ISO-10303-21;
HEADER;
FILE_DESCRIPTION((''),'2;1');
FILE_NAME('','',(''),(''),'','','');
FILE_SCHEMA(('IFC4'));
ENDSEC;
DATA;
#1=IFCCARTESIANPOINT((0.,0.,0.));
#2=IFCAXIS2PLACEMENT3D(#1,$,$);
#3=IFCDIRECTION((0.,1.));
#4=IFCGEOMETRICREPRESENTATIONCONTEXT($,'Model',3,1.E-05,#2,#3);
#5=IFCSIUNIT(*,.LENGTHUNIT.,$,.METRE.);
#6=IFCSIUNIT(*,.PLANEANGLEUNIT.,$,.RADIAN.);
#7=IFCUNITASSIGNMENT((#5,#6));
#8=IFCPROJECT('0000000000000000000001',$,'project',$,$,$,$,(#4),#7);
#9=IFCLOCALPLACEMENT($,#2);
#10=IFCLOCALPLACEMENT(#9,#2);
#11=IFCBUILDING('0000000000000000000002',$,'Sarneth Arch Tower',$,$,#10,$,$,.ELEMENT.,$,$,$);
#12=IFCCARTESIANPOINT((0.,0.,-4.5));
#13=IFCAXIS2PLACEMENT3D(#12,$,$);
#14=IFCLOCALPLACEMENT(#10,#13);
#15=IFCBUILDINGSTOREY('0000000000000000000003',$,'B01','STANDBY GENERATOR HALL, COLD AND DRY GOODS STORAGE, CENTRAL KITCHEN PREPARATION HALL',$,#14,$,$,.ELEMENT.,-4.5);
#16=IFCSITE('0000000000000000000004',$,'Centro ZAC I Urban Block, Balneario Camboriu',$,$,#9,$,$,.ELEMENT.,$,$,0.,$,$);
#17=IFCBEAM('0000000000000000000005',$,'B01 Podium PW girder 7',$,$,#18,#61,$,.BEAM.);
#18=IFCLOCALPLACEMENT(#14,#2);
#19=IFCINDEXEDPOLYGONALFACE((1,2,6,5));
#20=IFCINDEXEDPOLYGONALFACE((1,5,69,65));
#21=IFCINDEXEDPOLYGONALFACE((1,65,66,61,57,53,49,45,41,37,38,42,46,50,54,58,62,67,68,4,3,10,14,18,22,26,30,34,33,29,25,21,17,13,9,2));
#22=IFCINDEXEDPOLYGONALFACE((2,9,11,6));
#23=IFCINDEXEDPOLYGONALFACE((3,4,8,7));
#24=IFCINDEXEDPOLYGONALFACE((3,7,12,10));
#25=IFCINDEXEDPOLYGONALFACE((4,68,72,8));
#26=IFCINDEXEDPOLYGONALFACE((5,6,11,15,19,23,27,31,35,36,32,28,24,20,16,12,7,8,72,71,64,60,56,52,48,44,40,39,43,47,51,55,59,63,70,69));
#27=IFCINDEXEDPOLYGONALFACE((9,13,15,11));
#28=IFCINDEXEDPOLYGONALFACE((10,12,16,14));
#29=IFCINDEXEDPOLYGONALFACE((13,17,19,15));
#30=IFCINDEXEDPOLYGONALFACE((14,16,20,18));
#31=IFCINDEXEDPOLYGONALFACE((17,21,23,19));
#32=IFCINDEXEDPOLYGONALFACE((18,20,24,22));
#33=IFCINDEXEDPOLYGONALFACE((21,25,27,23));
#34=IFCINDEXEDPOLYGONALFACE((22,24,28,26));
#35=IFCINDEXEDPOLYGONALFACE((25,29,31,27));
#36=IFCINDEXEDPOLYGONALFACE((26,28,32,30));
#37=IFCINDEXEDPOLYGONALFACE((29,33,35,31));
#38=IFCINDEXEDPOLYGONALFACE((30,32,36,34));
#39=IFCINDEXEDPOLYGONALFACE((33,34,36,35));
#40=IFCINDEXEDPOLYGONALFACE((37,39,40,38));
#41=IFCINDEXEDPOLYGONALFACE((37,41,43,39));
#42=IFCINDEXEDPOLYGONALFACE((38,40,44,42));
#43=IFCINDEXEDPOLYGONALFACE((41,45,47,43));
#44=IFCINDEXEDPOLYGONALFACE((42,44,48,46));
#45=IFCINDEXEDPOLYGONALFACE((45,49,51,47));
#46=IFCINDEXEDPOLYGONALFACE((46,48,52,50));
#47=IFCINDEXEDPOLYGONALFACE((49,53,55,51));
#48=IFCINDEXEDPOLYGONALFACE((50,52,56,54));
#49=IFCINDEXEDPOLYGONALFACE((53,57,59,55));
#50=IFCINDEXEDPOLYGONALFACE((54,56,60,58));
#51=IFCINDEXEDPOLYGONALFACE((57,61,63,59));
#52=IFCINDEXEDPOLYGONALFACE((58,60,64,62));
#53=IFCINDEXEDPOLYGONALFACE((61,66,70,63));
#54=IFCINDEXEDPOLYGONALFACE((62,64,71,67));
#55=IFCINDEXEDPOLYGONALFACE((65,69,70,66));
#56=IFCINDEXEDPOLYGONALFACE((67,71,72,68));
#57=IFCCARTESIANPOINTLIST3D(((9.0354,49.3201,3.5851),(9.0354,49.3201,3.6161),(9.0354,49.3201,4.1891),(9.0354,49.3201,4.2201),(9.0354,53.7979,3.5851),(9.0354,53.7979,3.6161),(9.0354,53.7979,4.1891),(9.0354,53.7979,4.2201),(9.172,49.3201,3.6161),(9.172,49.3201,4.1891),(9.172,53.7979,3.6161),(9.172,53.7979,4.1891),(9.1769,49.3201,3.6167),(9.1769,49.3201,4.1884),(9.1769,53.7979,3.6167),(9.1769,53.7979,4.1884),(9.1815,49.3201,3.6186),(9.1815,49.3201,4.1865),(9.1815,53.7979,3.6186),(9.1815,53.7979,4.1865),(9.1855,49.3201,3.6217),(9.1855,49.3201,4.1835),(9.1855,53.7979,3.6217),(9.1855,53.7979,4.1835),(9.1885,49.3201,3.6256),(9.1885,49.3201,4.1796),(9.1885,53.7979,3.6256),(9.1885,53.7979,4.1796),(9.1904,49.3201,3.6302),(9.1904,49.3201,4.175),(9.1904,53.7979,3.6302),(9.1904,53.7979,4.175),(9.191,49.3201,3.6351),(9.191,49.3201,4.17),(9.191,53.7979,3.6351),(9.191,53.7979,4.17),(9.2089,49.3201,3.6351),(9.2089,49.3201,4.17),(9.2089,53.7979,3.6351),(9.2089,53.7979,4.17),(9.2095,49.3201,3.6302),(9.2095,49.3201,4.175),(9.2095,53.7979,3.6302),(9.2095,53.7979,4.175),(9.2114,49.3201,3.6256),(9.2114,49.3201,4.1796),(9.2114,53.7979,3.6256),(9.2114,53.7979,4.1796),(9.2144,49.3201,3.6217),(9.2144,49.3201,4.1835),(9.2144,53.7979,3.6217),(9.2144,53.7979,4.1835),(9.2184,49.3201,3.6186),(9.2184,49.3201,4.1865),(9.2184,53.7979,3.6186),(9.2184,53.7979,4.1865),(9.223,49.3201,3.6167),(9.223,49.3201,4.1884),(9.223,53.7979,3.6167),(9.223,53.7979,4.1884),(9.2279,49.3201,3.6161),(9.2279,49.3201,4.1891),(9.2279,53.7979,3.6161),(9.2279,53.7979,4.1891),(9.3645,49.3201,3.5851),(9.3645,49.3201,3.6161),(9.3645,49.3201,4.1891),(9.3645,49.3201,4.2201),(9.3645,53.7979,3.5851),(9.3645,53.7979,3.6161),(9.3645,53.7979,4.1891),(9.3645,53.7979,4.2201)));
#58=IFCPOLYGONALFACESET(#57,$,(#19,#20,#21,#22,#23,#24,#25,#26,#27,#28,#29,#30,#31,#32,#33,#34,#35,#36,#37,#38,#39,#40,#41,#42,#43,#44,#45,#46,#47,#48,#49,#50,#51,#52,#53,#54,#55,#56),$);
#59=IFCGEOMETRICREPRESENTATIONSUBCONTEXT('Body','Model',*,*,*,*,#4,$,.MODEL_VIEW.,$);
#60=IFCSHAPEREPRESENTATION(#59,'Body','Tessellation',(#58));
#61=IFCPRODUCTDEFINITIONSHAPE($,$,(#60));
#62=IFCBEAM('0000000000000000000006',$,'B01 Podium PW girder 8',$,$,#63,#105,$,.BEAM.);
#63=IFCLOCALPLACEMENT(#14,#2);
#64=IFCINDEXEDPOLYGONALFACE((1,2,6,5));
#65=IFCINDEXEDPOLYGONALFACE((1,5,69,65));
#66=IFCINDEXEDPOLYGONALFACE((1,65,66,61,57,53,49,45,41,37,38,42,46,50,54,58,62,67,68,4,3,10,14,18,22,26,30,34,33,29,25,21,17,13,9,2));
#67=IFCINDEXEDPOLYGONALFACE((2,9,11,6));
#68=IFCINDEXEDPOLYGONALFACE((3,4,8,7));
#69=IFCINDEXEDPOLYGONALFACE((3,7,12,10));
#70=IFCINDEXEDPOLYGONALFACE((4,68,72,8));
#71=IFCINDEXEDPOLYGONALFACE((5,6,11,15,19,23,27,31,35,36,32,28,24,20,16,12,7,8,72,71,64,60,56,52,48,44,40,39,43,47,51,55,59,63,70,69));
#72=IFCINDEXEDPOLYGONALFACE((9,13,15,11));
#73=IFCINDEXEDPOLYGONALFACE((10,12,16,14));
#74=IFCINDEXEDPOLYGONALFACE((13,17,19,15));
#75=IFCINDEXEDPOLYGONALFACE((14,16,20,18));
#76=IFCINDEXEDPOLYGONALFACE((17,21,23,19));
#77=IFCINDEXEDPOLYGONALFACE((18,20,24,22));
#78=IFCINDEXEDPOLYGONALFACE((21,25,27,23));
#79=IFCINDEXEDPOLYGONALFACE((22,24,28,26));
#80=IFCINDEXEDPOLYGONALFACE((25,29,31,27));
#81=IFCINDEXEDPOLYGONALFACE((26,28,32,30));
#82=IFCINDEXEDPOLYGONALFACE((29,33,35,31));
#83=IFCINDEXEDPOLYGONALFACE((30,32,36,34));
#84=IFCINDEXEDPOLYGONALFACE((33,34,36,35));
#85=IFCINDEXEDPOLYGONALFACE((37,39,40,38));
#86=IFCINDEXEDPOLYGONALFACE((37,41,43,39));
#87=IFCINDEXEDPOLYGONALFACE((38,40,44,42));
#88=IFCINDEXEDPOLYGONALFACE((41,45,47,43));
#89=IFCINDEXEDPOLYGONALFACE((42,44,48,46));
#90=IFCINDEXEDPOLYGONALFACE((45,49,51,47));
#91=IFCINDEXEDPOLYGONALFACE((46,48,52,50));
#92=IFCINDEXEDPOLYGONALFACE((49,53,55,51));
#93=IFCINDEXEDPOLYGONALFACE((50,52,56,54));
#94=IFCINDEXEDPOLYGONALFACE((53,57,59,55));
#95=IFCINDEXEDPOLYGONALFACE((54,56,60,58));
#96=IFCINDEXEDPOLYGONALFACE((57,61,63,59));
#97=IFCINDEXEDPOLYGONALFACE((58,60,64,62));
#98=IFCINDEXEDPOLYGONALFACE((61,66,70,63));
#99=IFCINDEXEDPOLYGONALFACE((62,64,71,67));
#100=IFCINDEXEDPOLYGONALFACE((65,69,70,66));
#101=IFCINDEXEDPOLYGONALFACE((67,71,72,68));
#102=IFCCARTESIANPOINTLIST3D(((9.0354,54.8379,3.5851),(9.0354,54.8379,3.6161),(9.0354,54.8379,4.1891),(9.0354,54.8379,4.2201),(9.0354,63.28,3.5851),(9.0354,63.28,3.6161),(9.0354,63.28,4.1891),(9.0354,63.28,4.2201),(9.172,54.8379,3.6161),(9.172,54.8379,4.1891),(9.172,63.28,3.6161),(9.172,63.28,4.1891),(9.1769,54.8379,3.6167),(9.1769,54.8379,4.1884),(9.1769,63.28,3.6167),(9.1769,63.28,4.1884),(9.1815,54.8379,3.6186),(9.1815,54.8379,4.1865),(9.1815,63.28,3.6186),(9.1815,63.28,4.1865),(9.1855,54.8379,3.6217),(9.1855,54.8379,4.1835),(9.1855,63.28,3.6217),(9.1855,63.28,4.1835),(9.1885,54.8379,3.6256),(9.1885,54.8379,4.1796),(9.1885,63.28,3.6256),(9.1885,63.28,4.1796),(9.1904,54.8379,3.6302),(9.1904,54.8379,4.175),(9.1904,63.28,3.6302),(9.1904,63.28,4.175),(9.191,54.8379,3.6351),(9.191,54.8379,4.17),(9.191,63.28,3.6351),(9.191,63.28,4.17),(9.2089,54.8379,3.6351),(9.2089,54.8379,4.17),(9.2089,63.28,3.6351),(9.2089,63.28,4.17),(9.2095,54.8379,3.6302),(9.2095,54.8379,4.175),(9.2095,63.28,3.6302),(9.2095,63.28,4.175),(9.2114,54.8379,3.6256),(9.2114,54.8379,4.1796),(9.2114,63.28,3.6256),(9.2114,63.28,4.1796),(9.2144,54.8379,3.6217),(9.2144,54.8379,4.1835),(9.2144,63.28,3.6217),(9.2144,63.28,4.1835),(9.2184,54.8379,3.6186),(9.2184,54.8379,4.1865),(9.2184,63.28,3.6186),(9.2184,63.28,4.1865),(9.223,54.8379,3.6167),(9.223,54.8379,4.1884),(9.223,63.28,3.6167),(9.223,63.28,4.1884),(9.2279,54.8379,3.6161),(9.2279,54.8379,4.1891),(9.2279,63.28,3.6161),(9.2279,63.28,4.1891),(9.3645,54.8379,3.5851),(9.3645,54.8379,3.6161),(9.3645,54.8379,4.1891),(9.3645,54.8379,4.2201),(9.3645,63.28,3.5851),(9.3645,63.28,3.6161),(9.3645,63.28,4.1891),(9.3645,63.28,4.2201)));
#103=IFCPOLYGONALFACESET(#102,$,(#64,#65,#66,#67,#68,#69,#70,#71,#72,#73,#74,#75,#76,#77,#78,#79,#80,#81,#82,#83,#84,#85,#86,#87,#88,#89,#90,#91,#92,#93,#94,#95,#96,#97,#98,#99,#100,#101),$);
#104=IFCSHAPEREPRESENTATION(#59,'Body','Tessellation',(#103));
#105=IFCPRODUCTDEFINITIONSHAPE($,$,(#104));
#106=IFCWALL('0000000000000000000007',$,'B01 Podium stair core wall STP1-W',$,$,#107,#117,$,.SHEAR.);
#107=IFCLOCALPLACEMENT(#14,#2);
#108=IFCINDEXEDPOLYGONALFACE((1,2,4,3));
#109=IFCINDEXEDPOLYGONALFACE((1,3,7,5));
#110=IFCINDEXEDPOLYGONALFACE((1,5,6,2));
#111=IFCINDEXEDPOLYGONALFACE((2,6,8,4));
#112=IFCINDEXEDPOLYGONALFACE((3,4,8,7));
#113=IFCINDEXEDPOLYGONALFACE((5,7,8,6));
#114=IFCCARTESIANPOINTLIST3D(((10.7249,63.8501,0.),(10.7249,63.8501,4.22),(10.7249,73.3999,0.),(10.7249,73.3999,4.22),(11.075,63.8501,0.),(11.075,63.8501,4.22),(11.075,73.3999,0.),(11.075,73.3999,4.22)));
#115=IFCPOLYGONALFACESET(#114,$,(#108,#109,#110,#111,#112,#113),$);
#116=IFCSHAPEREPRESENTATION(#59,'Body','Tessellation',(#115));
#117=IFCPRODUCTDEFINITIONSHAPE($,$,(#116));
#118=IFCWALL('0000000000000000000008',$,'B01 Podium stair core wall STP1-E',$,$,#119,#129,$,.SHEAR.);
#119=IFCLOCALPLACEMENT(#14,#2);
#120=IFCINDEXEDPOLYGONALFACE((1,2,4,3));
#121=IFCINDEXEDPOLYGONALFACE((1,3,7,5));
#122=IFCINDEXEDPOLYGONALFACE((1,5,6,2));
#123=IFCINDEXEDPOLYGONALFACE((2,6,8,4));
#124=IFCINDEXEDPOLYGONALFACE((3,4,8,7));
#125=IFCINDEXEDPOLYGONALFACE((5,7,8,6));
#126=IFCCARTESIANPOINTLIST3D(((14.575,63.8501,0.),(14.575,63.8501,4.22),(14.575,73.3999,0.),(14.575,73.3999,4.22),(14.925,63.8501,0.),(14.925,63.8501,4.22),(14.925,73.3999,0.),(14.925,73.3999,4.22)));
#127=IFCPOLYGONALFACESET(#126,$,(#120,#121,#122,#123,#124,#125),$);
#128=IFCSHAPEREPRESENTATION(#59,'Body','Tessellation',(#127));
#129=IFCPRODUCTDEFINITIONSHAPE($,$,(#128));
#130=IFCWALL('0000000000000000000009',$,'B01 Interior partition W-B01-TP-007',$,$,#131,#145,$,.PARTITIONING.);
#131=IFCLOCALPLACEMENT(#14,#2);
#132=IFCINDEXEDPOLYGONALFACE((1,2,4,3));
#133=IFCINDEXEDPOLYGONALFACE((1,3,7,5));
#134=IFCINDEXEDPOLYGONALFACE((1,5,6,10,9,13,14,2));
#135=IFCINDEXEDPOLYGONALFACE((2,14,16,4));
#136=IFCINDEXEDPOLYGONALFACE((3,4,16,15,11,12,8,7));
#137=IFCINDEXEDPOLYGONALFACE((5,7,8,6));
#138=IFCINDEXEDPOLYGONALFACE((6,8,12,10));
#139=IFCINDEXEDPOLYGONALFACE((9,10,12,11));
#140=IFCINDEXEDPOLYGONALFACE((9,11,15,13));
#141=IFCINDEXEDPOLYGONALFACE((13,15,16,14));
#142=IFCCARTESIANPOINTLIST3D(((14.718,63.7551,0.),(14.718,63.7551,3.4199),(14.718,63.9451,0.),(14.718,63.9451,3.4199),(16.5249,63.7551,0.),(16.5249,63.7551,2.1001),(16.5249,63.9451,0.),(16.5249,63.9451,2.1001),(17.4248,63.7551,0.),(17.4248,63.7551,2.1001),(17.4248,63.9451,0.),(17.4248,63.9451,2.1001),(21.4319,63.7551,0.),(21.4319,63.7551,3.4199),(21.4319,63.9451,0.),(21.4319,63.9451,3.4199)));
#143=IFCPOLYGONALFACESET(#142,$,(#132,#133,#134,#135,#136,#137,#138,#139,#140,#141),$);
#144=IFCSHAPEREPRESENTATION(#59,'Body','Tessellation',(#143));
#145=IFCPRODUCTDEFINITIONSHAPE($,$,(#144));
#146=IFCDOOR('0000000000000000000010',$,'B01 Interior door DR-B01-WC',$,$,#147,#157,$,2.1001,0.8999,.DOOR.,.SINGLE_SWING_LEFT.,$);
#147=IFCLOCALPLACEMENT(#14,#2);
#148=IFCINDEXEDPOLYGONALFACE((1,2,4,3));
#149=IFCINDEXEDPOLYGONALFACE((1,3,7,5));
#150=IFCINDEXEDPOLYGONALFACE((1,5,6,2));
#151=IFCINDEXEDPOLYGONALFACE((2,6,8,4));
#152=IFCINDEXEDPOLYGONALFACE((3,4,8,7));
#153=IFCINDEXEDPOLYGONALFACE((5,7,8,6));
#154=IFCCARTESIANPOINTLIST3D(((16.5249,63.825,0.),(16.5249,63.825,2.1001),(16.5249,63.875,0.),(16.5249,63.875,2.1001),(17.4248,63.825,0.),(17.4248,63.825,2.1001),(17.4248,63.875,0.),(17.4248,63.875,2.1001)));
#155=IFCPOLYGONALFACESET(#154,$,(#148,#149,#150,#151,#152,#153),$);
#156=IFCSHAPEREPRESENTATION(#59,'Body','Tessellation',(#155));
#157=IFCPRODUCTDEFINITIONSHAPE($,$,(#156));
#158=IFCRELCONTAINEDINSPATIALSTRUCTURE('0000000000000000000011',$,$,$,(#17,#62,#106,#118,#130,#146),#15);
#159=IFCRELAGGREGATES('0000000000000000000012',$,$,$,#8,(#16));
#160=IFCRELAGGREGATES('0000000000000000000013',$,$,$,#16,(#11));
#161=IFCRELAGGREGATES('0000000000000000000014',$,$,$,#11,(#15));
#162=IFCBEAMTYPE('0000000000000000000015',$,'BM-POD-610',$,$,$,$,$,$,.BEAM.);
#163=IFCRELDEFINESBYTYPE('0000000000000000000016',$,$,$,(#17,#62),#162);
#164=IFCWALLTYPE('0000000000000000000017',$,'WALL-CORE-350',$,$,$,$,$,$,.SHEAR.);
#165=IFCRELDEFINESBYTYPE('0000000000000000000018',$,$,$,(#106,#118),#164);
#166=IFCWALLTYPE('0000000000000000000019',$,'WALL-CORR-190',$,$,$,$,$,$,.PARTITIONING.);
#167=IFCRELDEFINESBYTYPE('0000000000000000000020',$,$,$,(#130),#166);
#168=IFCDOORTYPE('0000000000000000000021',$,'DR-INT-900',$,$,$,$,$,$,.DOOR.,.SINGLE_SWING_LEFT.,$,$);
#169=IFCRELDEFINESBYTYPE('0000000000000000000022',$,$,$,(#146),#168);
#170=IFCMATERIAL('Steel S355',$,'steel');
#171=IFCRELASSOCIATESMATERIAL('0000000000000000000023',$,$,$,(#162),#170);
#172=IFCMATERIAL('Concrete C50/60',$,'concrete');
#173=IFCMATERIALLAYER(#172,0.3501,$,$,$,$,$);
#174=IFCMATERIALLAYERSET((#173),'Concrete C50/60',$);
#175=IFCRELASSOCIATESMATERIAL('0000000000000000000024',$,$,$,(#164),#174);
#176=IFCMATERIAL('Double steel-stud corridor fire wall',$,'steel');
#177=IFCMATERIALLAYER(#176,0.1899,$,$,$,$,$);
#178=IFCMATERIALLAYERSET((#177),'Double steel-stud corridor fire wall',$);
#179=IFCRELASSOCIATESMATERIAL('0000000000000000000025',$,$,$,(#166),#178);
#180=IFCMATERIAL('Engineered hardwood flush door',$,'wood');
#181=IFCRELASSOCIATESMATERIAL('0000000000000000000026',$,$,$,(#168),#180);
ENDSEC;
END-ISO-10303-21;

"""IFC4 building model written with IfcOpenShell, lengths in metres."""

from ifc_helpers import new_model, si_unit, direction, frame, frame_2d, origin, origin_2d, place, context, subcontext, project, spatial, rectangle, i_section, extrude, material, layer, layer_set, material_profile, profile_set, type_object, element, fill, save


model = new_model("IFC4")

# Units and contexts
model_context = context("Model", 3, precision=1e-05, world=origin(), true_north=direction((0.0, 1.0)))
body_context = subcontext(model_context, "Body", "Model", "MODEL_VIEW")
ifc_project = project(units=[si_unit("LENGTHUNIT", "METRE"), si_unit("PLANEANGLEUNIT", "RADIAN")], contexts=[model_context])

# Site, building, storey
site_placement = place(None, origin())
site = spatial("IfcSite", under=ifc_project, at=site_placement, Name="Centro ZAC I Urban Block, Balneario Camboriu", CompositionType="ELEMENT", RefElevation=0.0)
building_placement = place(site_placement, origin())
building = spatial("IfcBuilding", under=site, at=building_placement, Name="Sarneth Arch Tower", CompositionType="ELEMENT")
storey_placement = place(building_placement, frame((0.0, 0.0, -4.5)))
storey = spatial("IfcBuildingStorey", under=building, at=storey_placement, Name="B01", Description="STANDBY GENERATOR HALL, COLD AND DRY GOODS STORAGE, CENTRAL KITCHEN PREPARATION HALL", CompositionType="ELEMENT", Elevation=-4.5)

# Beams
ifc_material_1 = material(Name="Steel S355", Category="steel")
ifc_material_profile_1 = material_profile(ifc_material_1, i_section(OverallWidth=0.3291, OverallDepth=0.635, WebThickness=0.0178, FlangeThickness=0.031, FilletRadius=0.019, at=origin_2d()), Name="W610x241")
ifc_profile_set_1 = profile_set([ifc_material_profile_1], Name="Steel S355")
beam_type = type_object("IfcBeamType", Name="BM-POD-610", PredefinedType="BEAM", material=ifc_profile_set_1)
beam_1_placement = place(storey_placement, frame((9.2, 49.3201, 3.9026), z_axis=(0.0, 1.0, 0.0), x_axis=(-1.0, 0.0, 0.0)))
element("IfcBeam", 1, at=beam_1_placement, inside=storey, type_object=beam_type, Name="B01 Podium PW girder 7", PredefinedType="BEAM", context=body_context, shape_type="SweptSolid", body=[
    extrude(i_section(OverallWidth=0.3291, OverallDepth=0.635, WebThickness=0.0178, FlangeThickness=0.031, FilletRadius=0.019, at=origin_2d()), origin(), (0.0, 0.0, 1.0), 4.4778),
])
beam_2_placement = place(storey_placement, frame((9.2, 54.8379, 3.9026), z_axis=(0.0, 1.0, 0.0), x_axis=(-1.0, 0.0, 0.0)))
element("IfcBeam", 2, at=beam_2_placement, inside=storey, type_object=beam_type, Name="B01 Podium PW girder 8", PredefinedType="BEAM", context=body_context, shape_type="SweptSolid", body=[
    extrude(i_section(OverallWidth=0.3291, OverallDepth=0.635, WebThickness=0.0178, FlangeThickness=0.031, FilletRadius=0.019, at=origin_2d()), origin(), (0.0, 0.0, 1.0), 8.4421),
])

# Walls
ifc_material_2 = material(Name="Concrete C50/60", Category="concrete")
ifc_layer_1 = layer(ifc_material_2, 0.3501)
ifc_layer_set_1 = layer_set([ifc_layer_1], Name="Concrete C50/60")
wall_type_1 = type_object("IfcWallType", Name="WALL-CORE-350", PredefinedType="SHEAR", material=ifc_layer_set_1)
for number, where, z_axis, x_axis, name in (
    (3, (10.8999, 63.8501, 0.0), (0.0, 0.0, 1.0), (0.0, 1.0, 0.0), "B01 Podium stair core wall STP1-W"),
    (4, (14.75, 63.8501, 0.0), (0.0, 0.0, 1.0), (0.0, 1.0, 0.0), "B01 Podium stair core wall STP1-E"),
):
    element("IfcWall", number, at=place(storey_placement, frame(where, z_axis=z_axis, x_axis=x_axis)), inside=storey, type_object=wall_type_1, Name=name, PredefinedType="SHEAR", context=body_context, shape_type="SweptSolid", body=[
        extrude(rectangle(XDim=9.5498, YDim=0.3501, at=frame_2d((4.7749, 0.0))), origin(), (0.0, 0.0, 1.0), 4.22),
    ])

# Wall, opening, door
ifc_material_3 = material(Name="Double steel-stud corridor fire wall", Category="steel")
ifc_layer_2 = layer(ifc_material_3, 0.1899)
ifc_layer_set_2 = layer_set([ifc_layer_2], Name="Double steel-stud corridor fire wall")
wall_type_2 = type_object("IfcWallType", Name="WALL-CORR-190", PredefinedType="PARTITIONING", material=ifc_layer_set_2)
wall_1_placement = place(storey_placement, frame((14.718, 63.8501, 0.0), z_axis=(0.0, 0.0, 1.0), x_axis=(1.0, 0.0, 0.0)))
wall_1 = element("IfcWall", 5, at=wall_1_placement, inside=storey, type_object=wall_type_2, Name="B01 Interior partition W-B01-TP-007", PredefinedType="PARTITIONING", context=body_context, shape_type="SweptSolid", body=[
    extrude(rectangle(XDim=6.7139, YDim=0.1899, at=frame_2d((3.3569, 0.0))), origin(), (0.0, 0.0, 1.0), 3.4199),
])
opening_1_placement = place(wall_1_placement, frame((1.8069, 0.0, 0.0)))
opening_1 = element("IfcOpeningElement", 6, at=opening_1_placement, cuts=wall_1, PredefinedType="OPENING", context=body_context, shape_type="SweptSolid", body=[
    extrude(rectangle(XDim=0.8999, YDim=2.1001, at=frame_2d((0.45, 1.05))), frame((0.0, 0.105, 0.0), z_axis=(0.0, -1.0, 0.0), x_axis=(1.0, 0.0, 0.0)), (0.0, 0.0, 1.0), 0.21),
])
ifc_material_4 = material(Name="Engineered hardwood flush door", Category="wood")
door_type_1 = type_object("IfcDoorType", Name="DR-INT-900", OperationType="SINGLE_SWING_LEFT", PredefinedType="DOOR", material=ifc_material_4)
door_1_placement = place(opening_1_placement, origin())
door_1 = element("IfcDoor", 7, at=door_1_placement, inside=storey, type_object=door_type_1, Name="B01 Interior door DR-B01-WC", OperationType="SINGLE_SWING_LEFT", OverallHeight=2.1001, OverallWidth=0.8999, PredefinedType="DOOR", context=body_context, shape_type="SweptSolid", body=[
    extrude(rectangle(XDim=0.8999, YDim=2.1001, at=frame_2d((0.45, 1.05))), frame((0.0, 0.0249, 0.0), z_axis=(0.0, -1.0, 0.0), x_axis=(1.0, 0.0, 0.0)), (0.0, 0.0, 1.0), 0.05),
])
fill(opening_1, door_1)

save(model, "model.ifc")
